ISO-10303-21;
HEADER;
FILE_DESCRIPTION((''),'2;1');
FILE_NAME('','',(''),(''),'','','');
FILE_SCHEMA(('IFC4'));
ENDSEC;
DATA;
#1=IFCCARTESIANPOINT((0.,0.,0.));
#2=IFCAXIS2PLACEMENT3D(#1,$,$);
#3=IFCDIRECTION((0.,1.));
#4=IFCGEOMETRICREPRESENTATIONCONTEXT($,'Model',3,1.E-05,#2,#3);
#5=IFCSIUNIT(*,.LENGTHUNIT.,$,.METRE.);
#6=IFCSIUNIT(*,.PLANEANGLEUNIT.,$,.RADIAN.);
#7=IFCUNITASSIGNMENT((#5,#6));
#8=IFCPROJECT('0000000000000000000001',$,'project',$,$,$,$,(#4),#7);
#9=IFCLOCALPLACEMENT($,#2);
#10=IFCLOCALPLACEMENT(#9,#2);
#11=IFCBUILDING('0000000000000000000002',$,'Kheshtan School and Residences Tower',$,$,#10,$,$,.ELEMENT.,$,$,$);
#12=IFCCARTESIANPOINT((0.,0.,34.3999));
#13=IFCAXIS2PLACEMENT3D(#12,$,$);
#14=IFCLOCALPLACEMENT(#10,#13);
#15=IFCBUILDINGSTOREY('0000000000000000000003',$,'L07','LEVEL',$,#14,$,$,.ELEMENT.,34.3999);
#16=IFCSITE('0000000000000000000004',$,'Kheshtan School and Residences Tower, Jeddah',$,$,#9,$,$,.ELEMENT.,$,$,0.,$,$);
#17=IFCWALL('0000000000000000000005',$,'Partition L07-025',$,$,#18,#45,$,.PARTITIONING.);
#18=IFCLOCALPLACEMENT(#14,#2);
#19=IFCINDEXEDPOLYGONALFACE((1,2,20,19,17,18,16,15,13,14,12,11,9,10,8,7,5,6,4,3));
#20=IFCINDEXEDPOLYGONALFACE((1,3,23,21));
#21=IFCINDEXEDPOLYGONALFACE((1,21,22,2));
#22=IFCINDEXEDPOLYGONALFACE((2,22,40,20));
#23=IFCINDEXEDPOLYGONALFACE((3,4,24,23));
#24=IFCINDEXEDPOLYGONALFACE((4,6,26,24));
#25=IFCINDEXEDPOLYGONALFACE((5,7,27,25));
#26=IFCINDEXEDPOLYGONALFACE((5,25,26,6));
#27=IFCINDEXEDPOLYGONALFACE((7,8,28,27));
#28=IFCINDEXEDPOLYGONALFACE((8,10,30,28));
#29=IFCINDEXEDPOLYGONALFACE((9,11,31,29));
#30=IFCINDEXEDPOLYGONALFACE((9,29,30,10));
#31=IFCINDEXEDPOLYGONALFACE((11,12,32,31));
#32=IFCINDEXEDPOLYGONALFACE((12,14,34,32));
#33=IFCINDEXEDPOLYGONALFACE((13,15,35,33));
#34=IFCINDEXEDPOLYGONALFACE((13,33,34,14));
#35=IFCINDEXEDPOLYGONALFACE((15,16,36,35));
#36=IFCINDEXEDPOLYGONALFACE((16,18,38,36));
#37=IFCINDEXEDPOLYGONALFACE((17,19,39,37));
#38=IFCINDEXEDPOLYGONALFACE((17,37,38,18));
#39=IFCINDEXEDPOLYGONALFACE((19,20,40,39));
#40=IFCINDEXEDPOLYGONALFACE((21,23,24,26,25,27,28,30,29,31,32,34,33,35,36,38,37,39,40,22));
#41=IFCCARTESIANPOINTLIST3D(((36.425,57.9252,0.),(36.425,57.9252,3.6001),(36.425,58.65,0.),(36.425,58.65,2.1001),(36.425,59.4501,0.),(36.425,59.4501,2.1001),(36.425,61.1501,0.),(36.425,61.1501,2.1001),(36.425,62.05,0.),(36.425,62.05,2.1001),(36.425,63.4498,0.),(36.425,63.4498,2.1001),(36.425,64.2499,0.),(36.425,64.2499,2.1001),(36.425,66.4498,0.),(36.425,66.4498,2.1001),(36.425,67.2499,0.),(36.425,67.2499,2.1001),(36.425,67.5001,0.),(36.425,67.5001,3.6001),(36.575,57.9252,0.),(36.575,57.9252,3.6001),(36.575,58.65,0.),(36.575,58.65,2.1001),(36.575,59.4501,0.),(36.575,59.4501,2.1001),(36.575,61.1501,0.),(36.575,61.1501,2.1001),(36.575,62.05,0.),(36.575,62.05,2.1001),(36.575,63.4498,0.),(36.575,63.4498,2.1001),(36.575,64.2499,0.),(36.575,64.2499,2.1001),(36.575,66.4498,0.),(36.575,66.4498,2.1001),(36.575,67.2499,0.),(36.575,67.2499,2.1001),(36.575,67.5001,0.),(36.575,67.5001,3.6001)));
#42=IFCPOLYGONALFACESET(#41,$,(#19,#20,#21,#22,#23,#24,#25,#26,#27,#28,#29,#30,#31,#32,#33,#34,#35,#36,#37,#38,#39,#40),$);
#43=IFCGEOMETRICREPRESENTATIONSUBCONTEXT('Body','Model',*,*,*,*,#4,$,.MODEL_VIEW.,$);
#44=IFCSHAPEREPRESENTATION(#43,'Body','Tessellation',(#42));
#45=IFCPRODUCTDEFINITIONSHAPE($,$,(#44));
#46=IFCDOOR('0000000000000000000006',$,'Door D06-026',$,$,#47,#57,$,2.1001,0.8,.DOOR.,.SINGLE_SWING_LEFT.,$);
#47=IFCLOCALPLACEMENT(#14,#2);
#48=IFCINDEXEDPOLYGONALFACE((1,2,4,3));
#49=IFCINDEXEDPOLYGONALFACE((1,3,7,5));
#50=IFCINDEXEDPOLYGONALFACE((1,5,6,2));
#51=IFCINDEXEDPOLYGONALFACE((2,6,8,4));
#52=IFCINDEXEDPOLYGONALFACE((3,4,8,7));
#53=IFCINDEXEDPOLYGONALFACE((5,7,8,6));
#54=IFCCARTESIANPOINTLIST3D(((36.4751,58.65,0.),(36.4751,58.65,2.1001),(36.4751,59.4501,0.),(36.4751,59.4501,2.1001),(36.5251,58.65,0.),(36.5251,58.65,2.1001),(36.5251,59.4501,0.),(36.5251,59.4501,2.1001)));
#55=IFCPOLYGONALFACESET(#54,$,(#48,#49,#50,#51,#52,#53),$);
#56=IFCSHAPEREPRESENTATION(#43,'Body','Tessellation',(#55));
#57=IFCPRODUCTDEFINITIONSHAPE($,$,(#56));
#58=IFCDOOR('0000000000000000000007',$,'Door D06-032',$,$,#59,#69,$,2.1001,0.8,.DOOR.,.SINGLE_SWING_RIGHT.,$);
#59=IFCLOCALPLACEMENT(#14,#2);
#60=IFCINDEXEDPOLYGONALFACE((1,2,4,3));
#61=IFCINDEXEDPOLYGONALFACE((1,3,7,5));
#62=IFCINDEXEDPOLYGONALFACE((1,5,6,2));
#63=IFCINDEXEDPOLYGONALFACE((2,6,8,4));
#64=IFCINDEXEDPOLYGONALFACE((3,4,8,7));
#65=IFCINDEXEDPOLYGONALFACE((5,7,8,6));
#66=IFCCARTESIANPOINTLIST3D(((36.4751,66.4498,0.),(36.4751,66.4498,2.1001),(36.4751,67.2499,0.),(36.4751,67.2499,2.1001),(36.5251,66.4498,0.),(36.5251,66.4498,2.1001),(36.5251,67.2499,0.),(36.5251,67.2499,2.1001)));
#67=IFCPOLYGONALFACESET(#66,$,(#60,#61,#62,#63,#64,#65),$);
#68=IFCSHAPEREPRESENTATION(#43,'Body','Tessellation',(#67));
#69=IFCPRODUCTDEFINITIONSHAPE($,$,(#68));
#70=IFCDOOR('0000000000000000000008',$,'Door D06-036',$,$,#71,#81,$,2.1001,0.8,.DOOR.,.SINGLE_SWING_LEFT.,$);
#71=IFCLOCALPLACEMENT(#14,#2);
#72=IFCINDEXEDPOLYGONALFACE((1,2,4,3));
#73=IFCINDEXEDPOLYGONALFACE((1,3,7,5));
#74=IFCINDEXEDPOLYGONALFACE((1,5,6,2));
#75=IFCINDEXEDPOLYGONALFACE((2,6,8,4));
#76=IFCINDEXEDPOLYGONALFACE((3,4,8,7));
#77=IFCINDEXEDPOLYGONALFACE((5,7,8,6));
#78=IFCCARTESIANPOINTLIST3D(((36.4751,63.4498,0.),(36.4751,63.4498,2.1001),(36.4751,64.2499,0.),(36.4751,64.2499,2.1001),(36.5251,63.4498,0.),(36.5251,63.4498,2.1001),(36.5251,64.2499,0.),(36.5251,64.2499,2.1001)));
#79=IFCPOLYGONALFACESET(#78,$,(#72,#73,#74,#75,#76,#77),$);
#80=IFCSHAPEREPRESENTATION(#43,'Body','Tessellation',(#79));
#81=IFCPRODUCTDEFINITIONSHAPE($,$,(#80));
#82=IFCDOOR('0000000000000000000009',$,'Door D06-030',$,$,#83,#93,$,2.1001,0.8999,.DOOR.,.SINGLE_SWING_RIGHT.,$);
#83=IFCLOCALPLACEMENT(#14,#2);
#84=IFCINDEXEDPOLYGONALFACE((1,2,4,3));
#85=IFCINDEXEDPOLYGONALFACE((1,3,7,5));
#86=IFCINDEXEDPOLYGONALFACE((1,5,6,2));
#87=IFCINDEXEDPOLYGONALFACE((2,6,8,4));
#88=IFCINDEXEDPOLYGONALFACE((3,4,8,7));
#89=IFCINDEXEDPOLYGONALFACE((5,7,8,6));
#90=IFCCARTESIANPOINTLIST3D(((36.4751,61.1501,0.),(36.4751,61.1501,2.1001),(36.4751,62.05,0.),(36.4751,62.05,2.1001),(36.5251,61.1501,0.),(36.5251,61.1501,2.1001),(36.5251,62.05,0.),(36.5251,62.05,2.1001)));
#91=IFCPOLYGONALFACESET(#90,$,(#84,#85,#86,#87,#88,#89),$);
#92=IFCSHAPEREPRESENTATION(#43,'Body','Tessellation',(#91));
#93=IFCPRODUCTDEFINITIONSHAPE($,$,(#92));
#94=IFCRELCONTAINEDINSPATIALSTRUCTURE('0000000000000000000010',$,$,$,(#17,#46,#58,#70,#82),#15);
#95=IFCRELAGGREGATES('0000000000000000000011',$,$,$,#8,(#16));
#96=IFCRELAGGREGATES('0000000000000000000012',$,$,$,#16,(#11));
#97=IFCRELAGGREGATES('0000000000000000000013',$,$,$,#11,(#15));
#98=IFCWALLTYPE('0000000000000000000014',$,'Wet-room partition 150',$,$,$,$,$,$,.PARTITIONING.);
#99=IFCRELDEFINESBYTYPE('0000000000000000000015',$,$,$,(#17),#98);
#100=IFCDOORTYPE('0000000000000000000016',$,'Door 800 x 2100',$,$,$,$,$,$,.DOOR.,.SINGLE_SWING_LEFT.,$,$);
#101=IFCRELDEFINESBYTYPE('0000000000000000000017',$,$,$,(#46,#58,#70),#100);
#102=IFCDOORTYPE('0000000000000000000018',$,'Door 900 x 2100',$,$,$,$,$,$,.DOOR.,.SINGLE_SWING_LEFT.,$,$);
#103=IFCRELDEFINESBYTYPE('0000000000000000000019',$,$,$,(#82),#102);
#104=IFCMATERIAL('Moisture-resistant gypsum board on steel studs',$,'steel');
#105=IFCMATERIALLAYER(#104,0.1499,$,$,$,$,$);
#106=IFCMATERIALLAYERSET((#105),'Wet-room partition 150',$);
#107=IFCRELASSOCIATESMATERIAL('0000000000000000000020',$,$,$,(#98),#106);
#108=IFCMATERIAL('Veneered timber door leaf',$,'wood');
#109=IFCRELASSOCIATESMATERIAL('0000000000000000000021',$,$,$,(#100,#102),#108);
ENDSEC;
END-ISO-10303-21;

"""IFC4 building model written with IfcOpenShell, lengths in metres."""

from ifc_helpers import new_model, si_unit, direction, frame, frame_2d, origin, place, context, subcontext, project, spatial, rectangle, extrude, source, transform, mapped, material, layer, layer_set, type_object, element, fill, save


model = new_model("IFC4")

# Units and contexts
model_context = context("Model", 3, precision=1e-05, world=origin(), true_north=direction((0.0, 1.0)))
body_context = subcontext(model_context, "Body", "Model", "MODEL_VIEW")
ifc_project = project(units=[si_unit("LENGTHUNIT", "METRE"), si_unit("PLANEANGLEUNIT", "RADIAN")], contexts=[model_context])

# Site, building, storey
site_placement = place(None, origin())
site = spatial("IfcSite", under=ifc_project, at=site_placement, Name="Kheshtan School and Residences Tower, Jeddah", CompositionType="ELEMENT", RefElevation=0.0)
building_placement = place(site_placement, origin())
building = spatial("IfcBuilding", under=site, at=building_placement, Name="Kheshtan School and Residences Tower", CompositionType="ELEMENT")
storey_placement = place(building_placement, frame((0.0, 0.0, 34.3999)))
storey = spatial("IfcBuildingStorey", under=building, at=storey_placement, Name="L07", Description="LEVEL", CompositionType="ELEMENT", Elevation=34.3999)

# Shared definitions
ifc_material_1 = material(Name="Moisture-resistant gypsum board on steel studs", Category="steel")
ifc_layer_1 = layer(ifc_material_1, 0.1499)
ifc_layer_set_1 = layer_set([ifc_layer_1], Name="Wet-room partition 150")
wall_type_1 = type_object("IfcWallType", Name="Wet-room partition 150", PredefinedType="PARTITIONING", material=ifc_layer_set_1)

# Wall, openings, doors
wall_1_placement = place(storey_placement, frame((36.5, 57.925, 0.0), z_axis=(0.0, 0.0, 1.0), x_axis=(0.0, 1.0, 0.0)))
wall_1 = element("IfcWall", 1, at=wall_1_placement, inside=storey, type_object=wall_type_1, Name="Partition L07-025", PredefinedType="PARTITIONING", context=body_context, shape_type="SweptSolid", body=[
    extrude(rectangle(XDim=9.575, YDim=0.1499, at=frame_2d((4.7876, 0.0))), origin(), (0.0, 0.0, 1.0), 3.6001),
])
opening_1_placement = place(wall_1_placement, frame((0.7251, 0.0, 0.0)))
opening_1 = element("IfcOpeningElement", 2, at=opening_1_placement, cuts=wall_1, PredefinedType="OPENING", context=body_context, shape_type="SweptSolid", body=[
    extrude(rectangle(XDim=0.8, YDim=2.1001, at=frame_2d((0.3999, 1.05))), frame((0.0, 0.085, 0.0), z_axis=(0.0, -1.0, 0.0), x_axis=(1.0, 0.0, 0.0)), (0.0, 0.0, 1.0), 0.1699),
])
opening_2_placement = place(wall_1_placement, frame((3.2251, 0.0, 0.0)))
opening_2 = element("IfcOpeningElement", 3, at=opening_2_placement, cuts=wall_1, PredefinedType="OPENING", context=body_context, shape_type="SweptSolid", body=[
    extrude(rectangle(XDim=0.8999, YDim=2.1001, at=frame_2d((0.45, 1.05))), frame((0.0, 0.085, 0.0), z_axis=(0.0, -1.0, 0.0), x_axis=(1.0, 0.0, 0.0)), (0.0, 0.0, 1.0), 0.1699),
])
opening_3_placement = place(wall_1_placement, frame((8.5249, 0.0, 0.0)))
opening_3 = element("IfcOpeningElement", 4, at=opening_3_placement, cuts=wall_1, PredefinedType="OPENING", context=body_context, shape_type="SweptSolid", body=[
    extrude(rectangle(XDim=0.8, YDim=2.1001, at=frame_2d((0.3999, 1.05))), frame((0.0, 0.085, 0.0), z_axis=(0.0, -1.0, 0.0), x_axis=(1.0, 0.0, 0.0)), (0.0, 0.0, 1.0), 0.1699),
])
opening_4_placement = place(wall_1_placement, frame((5.5249, 0.0, 0.0)))
opening_4 = element("IfcOpeningElement", 5, at=opening_4_placement, cuts=wall_1, PredefinedType="OPENING", context=body_context, shape_type="SweptSolid", body=[
    extrude(rectangle(XDim=0.8, YDim=2.1001, at=frame_2d((0.3999, 1.05))), frame((0.0, 0.085, 0.0), z_axis=(0.0, -1.0, 0.0), x_axis=(1.0, 0.0, 0.0)), (0.0, 0.0, 1.0), 0.1699),
])
ifc_material_2 = material(Name="Veneered timber door leaf", Category="wood")
door_type_1 = type_object("IfcDoorType", Name="Door 800 x 2100", OperationType="SINGLE_SWING_LEFT", PredefinedType="DOOR", material=ifc_material_2)
shared_shape_1 = source(origin(), body_context, "Body", "SweptSolid", [
    extrude(rectangle(XDim=0.8, YDim=2.1001, at=frame_2d((0.3999, 1.05))), frame((0.0, 0.0249, 0.0), z_axis=(0.0, -1.0, 0.0), x_axis=(1.0, 0.0, 0.0)), (0.0, 0.0, 1.0), 0.05),
])
door_1_placement = place(opening_1_placement, origin())
door_1 = element("IfcDoor", 6, at=door_1_placement, inside=storey, type_object=door_type_1, Name="Door D06-026", OperationType="SINGLE_SWING_LEFT", OverallHeight=2.1001, OverallWidth=0.8, PredefinedType="DOOR", context=body_context, shape_type="MappedRepresentation", body=[
    mapped(shared_shape_1, transform((0.0, 0.0, 0.0), x_axis=(1.0, 0.0, 0.0), y_axis=(0.0, 1.0, 0.0), z_axis=(0.0, 0.0, 1.0), scale=1.0)),
])
fill(opening_1, door_1)
door_2_placement = place(opening_3_placement, origin())
door_2 = element("IfcDoor", 7, at=door_2_placement, inside=storey, type_object=door_type_1, Name="Door D06-032", OperationType="SINGLE_SWING_RIGHT", OverallHeight=2.1001, OverallWidth=0.8, PredefinedType="DOOR", context=body_context, shape_type="MappedRepresentation", body=[
    mapped(shared_shape_1, transform((0.0, 0.0, 0.0), x_axis=(1.0, 0.0, 0.0), y_axis=(0.0, 1.0, 0.0), z_axis=(0.0, 0.0, 1.0), scale=1.0)),
])
fill(opening_3, door_2)
door_3_placement = place(opening_4_placement, origin())
door_3 = element("IfcDoor", 8, at=door_3_placement, inside=storey, type_object=door_type_1, Name="Door D06-036", OperationType="SINGLE_SWING_LEFT", OverallHeight=2.1001, OverallWidth=0.8, PredefinedType="DOOR", context=body_context, shape_type="MappedRepresentation", body=[
    mapped(shared_shape_1, transform((0.0, 0.0, 0.0), x_axis=(1.0, 0.0, 0.0), y_axis=(0.0, 1.0, 0.0), z_axis=(0.0, 0.0, 1.0), scale=1.0)),
])
fill(opening_4, door_3)
door_type_2 = type_object("IfcDoorType", Name="Door 900 x 2100", OperationType="SINGLE_SWING_LEFT", PredefinedType="DOOR", material=ifc_material_2)
shared_shape_2 = source(origin(), body_context, "Body", "SweptSolid", [
    extrude(rectangle(XDim=0.8999, YDim=2.1001, at=frame_2d((0.45, 1.05))), frame((0.0, 0.0249, 0.0), z_axis=(0.0, -1.0, 0.0), x_axis=(1.0, 0.0, 0.0)), (0.0, 0.0, 1.0), 0.05),
])
door_4_placement = place(opening_2_placement, origin())
door_4 = element("IfcDoor", 9, at=door_4_placement, inside=storey, type_object=door_type_2, Name="Door D06-030", OperationType="SINGLE_SWING_RIGHT", OverallHeight=2.1001, OverallWidth=0.8999, PredefinedType="DOOR", context=body_context, shape_type="MappedRepresentation", body=[
    mapped(shared_shape_2, transform((0.0, 0.0, 0.0), x_axis=(1.0, 0.0, 0.0), y_axis=(0.0, 1.0, 0.0), z_axis=(0.0, 0.0, 1.0), scale=1.0)),
])
fill(opening_2, door_4)

save(model, "model.ifc")
